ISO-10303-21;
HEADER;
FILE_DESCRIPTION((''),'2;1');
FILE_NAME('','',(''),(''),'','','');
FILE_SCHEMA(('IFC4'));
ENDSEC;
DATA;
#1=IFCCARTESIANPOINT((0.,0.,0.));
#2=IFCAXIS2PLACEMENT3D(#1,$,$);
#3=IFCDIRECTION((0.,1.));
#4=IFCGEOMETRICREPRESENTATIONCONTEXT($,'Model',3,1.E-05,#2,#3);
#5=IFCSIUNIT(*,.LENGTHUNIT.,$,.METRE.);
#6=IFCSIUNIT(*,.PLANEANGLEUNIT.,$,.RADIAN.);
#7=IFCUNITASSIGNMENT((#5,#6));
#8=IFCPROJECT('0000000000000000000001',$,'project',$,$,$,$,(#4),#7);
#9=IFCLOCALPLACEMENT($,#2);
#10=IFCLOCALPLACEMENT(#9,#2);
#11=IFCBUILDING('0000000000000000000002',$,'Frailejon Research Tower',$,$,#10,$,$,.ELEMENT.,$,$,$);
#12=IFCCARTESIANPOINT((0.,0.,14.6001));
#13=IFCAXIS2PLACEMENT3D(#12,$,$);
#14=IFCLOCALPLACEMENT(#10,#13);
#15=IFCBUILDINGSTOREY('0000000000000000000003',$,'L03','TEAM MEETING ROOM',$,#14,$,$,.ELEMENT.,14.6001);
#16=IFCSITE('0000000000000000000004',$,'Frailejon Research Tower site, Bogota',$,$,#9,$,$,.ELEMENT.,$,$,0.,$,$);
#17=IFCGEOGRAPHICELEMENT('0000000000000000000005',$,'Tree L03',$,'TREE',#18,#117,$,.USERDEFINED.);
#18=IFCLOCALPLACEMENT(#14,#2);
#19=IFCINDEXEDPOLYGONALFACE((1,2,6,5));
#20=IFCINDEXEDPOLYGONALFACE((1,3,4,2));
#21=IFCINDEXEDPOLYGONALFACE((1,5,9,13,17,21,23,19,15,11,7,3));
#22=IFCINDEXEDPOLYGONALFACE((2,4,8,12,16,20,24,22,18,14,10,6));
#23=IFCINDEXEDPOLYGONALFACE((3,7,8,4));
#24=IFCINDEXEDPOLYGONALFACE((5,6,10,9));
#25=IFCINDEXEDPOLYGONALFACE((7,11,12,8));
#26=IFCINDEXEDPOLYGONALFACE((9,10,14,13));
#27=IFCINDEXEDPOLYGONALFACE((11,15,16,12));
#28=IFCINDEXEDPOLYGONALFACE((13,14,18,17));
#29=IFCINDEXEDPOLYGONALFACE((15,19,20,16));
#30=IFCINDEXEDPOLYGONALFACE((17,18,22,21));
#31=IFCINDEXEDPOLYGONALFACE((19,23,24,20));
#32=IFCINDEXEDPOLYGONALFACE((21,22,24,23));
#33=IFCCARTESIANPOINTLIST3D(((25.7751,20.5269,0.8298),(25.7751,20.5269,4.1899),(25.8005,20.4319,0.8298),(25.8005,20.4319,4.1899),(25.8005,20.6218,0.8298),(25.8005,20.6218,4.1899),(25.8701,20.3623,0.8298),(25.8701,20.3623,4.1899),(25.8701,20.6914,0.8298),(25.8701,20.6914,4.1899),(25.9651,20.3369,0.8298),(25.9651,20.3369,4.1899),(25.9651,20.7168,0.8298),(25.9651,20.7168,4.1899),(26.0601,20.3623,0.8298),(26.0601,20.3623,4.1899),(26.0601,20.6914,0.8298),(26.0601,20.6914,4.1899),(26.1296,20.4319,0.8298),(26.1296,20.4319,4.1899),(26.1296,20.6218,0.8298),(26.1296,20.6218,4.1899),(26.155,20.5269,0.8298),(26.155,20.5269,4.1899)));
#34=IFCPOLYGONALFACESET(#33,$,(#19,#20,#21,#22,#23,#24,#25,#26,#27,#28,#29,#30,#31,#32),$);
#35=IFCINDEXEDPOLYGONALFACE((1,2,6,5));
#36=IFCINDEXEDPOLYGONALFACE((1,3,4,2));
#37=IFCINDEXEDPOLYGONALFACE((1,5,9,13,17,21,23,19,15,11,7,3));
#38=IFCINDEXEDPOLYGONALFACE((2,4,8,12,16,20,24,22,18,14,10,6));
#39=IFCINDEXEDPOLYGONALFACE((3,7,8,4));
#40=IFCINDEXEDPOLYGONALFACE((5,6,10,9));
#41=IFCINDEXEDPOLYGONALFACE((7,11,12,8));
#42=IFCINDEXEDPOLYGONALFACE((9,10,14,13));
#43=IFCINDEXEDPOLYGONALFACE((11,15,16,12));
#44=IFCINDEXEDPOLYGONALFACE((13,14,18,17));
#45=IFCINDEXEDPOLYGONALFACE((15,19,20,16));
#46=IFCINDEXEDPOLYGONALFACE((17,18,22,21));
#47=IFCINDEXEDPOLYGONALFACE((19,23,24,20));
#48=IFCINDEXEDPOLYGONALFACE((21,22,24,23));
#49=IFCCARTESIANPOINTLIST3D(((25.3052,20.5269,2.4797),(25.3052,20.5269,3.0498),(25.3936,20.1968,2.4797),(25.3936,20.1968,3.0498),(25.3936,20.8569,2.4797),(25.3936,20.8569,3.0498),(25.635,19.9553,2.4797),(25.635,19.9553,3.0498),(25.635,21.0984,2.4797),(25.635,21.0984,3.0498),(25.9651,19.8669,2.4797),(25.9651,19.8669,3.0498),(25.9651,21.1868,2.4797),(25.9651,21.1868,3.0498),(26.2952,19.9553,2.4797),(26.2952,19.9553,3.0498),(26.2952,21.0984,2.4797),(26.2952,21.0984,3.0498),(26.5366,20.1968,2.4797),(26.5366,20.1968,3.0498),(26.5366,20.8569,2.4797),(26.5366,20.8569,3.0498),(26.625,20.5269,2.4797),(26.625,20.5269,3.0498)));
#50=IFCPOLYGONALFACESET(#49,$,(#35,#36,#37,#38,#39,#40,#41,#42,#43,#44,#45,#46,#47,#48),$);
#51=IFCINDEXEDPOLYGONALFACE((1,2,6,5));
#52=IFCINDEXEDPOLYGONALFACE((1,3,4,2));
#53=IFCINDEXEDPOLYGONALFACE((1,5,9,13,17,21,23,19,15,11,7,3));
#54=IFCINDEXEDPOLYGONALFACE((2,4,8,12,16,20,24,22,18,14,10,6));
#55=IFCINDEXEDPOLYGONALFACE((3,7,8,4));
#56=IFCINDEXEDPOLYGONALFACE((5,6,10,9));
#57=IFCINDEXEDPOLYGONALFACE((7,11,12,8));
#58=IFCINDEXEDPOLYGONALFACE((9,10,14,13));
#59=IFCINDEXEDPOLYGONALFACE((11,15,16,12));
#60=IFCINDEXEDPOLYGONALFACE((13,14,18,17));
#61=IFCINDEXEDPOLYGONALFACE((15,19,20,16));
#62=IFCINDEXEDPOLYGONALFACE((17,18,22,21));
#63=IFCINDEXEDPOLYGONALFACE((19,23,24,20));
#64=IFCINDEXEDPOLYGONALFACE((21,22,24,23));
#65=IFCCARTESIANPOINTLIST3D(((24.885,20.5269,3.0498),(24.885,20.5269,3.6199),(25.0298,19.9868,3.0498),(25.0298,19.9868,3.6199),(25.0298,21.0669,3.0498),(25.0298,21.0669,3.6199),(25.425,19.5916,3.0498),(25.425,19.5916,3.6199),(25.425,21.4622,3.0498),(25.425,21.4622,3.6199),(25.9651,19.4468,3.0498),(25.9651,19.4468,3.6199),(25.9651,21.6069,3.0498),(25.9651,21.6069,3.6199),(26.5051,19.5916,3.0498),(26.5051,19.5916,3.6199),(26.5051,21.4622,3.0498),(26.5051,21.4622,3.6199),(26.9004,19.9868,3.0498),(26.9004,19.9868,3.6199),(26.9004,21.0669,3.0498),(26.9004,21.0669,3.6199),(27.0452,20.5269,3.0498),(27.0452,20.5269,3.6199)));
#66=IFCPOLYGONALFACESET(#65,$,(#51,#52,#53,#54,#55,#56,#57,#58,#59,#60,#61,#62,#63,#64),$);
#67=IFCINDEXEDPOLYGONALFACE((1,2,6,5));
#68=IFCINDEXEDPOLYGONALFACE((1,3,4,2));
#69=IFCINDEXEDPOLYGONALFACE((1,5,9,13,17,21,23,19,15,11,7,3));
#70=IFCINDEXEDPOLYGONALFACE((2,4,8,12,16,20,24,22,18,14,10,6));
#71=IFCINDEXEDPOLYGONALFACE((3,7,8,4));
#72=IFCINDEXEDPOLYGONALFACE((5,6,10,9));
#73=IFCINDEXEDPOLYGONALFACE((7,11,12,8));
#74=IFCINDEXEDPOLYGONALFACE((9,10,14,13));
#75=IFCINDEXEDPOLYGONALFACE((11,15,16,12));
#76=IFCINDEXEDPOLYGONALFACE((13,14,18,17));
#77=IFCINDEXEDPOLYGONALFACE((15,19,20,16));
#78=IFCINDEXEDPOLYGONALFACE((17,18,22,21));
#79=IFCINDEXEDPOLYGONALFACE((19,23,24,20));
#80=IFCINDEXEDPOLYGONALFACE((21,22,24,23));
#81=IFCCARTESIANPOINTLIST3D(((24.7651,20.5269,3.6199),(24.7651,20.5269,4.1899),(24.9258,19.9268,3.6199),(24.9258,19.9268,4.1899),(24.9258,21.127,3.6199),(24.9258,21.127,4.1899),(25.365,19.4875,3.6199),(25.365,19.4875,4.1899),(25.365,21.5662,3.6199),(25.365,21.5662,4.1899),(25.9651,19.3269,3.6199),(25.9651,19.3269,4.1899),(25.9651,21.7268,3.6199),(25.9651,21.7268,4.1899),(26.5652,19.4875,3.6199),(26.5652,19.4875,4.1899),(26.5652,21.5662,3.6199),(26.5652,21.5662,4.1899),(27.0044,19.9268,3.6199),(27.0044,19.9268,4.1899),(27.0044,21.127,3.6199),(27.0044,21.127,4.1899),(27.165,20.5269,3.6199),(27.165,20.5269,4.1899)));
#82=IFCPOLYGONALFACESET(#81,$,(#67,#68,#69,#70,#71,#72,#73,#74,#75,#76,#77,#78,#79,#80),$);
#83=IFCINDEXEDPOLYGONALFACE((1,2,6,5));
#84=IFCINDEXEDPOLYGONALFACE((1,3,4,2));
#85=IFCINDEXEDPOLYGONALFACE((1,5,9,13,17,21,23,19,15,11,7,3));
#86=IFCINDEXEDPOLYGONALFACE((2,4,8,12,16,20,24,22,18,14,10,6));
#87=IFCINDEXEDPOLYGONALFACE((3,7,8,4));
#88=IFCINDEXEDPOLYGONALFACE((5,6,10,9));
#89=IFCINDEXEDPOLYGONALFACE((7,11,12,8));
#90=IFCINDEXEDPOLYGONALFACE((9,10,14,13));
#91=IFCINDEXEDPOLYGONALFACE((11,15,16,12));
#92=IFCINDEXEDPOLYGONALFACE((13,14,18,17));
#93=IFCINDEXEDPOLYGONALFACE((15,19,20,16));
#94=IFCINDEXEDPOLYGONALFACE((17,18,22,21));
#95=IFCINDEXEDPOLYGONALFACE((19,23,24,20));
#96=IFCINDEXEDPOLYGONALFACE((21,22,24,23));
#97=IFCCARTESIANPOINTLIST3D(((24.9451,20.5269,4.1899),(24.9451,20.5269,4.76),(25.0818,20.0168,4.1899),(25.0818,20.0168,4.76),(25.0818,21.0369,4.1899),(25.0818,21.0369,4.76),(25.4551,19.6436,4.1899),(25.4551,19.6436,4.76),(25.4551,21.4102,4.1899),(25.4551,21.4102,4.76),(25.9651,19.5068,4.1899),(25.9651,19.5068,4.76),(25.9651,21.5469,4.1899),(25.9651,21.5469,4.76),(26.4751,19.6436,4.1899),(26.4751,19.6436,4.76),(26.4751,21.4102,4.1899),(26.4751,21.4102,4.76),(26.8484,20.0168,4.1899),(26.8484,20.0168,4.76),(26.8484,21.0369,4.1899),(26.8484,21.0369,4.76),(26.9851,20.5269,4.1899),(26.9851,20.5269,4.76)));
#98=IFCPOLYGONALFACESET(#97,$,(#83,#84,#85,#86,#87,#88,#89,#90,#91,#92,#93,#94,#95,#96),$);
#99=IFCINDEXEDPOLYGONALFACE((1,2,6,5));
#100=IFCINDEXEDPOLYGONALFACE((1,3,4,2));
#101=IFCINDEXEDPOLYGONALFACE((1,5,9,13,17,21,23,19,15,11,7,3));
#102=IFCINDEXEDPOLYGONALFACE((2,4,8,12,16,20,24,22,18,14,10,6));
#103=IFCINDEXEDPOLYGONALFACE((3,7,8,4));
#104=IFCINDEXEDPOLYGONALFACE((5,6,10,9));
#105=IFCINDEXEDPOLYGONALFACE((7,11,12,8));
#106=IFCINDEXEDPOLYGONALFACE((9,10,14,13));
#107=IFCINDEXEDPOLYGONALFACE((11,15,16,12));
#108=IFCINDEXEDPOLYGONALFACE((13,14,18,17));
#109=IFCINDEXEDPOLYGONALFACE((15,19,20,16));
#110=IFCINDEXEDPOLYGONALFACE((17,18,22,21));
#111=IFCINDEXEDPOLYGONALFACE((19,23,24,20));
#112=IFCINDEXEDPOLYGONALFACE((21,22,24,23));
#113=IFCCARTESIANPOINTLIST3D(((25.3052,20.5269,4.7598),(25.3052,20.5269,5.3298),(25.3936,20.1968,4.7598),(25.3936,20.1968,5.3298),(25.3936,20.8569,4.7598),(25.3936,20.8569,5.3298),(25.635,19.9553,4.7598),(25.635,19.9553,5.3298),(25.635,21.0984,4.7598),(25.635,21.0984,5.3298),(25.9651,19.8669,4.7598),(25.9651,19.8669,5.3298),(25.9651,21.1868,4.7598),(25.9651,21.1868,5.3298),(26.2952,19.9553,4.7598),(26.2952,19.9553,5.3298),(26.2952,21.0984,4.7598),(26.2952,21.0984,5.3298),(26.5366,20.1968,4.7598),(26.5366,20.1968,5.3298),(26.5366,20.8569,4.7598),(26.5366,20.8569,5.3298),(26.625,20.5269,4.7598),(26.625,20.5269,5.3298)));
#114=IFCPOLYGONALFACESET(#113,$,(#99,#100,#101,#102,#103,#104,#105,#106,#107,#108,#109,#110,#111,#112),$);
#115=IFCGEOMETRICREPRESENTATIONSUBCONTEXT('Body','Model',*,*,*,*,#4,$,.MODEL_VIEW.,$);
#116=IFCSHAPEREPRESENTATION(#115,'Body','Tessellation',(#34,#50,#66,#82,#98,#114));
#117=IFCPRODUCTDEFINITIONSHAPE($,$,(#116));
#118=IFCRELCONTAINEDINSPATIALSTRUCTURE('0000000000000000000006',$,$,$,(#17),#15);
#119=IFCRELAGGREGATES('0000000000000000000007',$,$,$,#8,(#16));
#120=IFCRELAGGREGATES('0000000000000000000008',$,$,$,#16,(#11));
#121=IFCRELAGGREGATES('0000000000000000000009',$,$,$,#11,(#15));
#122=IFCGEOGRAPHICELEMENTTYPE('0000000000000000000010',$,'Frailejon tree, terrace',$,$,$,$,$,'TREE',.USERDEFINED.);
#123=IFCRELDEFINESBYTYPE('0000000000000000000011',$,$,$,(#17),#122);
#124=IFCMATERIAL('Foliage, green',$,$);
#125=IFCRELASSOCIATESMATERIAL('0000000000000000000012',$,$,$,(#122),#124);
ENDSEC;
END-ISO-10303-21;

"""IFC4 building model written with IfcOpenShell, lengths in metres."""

from ifc_helpers import new_model, si_unit, direction, frame, origin, place, context, subcontext, project, spatial, polyline, outline, extrude, material, type_object, element, save


model = new_model("IFC4")

# Units and contexts
model_context = context("Model", 3, precision=1e-05, world=origin(), true_north=direction((0.0, 1.0)))
body_context = subcontext(model_context, "Body", "Model", "MODEL_VIEW")
ifc_project = project(units=[si_unit("LENGTHUNIT", "METRE"), si_unit("PLANEANGLEUNIT", "RADIAN")], contexts=[model_context])

# Site, building, storey
site_placement = place(None, origin())
site = spatial("IfcSite", under=ifc_project, at=site_placement, Name="Frailejon Research Tower site, Bogota", CompositionType="ELEMENT", RefElevation=0.0)
building_placement = place(site_placement, origin())
building = spatial("IfcBuilding", under=site, at=building_placement, Name="Frailejon Research Tower", CompositionType="ELEMENT")
storey_placement = place(building_placement, frame((0.0, 0.0, 14.6001)))
storey = spatial("IfcBuildingStorey", under=building, at=storey_placement, Name="L03", Description="TEAM MEETING ROOM", CompositionType="ELEMENT", Elevation=14.6001)

# Geographic element
ifc_material_1 = material(Name="Foliage, green")
geographic_element_type = type_object("IfcGeographicElementType", Name="Frailejon tree, terrace", ElementType="TREE", PredefinedType="USERDEFINED", material=ifc_material_1)
geographic_element_1_placement = place(storey_placement, frame((25.9651, 20.5269, 0.8298)))
element("IfcGeographicElement", 1, at=geographic_element_1_placement, inside=storey, type_object=geographic_element_type, Name="Tree L03", ObjectType="TREE", PredefinedType="USERDEFINED", context=body_context, shape_type="SweptSolid", body=[
    extrude(outline(polyline([(0.1899, 0.0), (0.1646, 0.095), (0.095, 0.1646), (0.0, 0.1899), (-0.095, 0.1646), (-0.1646, 0.095), (-0.1899, 0.0), (-0.1646, -0.095), (-0.095, -0.1646), (0.0, -0.1899), (0.095, -0.1646), (0.1646, -0.095), (0.1899, 0.0)])), origin(), (0.0, 0.0, 1.0), 3.3601),
    extrude(outline(polyline([(0.6599, 0.0), (0.5715, 0.3301), (0.3301, 0.5715), (0.0, 0.6599), (-0.3301, 0.5715), (-0.5715, 0.3301), (-0.6599, 0.0), (-0.5715, -0.3301), (-0.3301, -0.5715), (0.0, -0.6599), (0.3301, -0.5715), (0.5715, -0.3301), (0.6599, 0.0)])), frame((0.0, 0.0, 1.6499)), (0.0, 0.0, 1.0), 0.5701),
    extrude(outline(polyline([(1.0801, 0.0), (0.9353, 0.54), (0.54, 0.9353), (0.0, 1.0801), (-0.54, 0.9353), (-0.9353, 0.54), (-1.0801, 0.0), (-0.9353, -0.54), (-0.54, -0.9353), (0.0, -1.0801), (0.54, -0.9353), (0.9353, -0.54), (1.0801, 0.0)])), frame((0.0, 0.0, 2.22)), (0.0, 0.0, 1.0), 0.5701),
    extrude(outline(polyline([(1.2, 0.0), (1.0393, 0.6001), (0.6001, 1.0393), (0.0, 1.2), (-0.6001, 1.0393), (-1.0393, 0.6001), (-1.2, 0.0), (-1.0393, -0.6001), (-0.6001, -1.0393), (0.0, -1.2), (0.6001, -1.0393), (1.0393, -0.6001), (1.2, 0.0)])), frame((0.0, 0.0, 2.79)), (0.0, 0.0, 1.0), 0.5701),
    extrude(outline(polyline([(1.02, 0.0), (0.8833, 0.51), (0.51, 0.8833), (0.0, 1.02), (-0.51, 0.8833), (-0.8833, 0.51), (-1.02, 0.0), (-0.8833, -0.51), (-0.51, -0.8833), (0.0, -1.02), (0.51, -0.8833), (0.8833, -0.51), (1.02, 0.0)])), frame((0.0, 0.0, 3.3601)), (0.0, 0.0, 1.0), 0.5701),
    extrude(outline(polyline([(0.6599, 0.0), (0.5715, 0.3301), (0.3301, 0.5715), (0.0, 0.6599), (-0.3301, 0.5715), (-0.5715, 0.3301), (-0.6599, 0.0), (-0.5715, -0.3301), (-0.3301, -0.5715), (0.0, -0.6599), (0.3301, -0.5715), (0.5715, -0.3301), (0.6599, 0.0)])), frame((0.0, 0.0, 3.9299)), (0.0, 0.0, 1.0), 0.5701),
])

save(model, "model.ifc")
